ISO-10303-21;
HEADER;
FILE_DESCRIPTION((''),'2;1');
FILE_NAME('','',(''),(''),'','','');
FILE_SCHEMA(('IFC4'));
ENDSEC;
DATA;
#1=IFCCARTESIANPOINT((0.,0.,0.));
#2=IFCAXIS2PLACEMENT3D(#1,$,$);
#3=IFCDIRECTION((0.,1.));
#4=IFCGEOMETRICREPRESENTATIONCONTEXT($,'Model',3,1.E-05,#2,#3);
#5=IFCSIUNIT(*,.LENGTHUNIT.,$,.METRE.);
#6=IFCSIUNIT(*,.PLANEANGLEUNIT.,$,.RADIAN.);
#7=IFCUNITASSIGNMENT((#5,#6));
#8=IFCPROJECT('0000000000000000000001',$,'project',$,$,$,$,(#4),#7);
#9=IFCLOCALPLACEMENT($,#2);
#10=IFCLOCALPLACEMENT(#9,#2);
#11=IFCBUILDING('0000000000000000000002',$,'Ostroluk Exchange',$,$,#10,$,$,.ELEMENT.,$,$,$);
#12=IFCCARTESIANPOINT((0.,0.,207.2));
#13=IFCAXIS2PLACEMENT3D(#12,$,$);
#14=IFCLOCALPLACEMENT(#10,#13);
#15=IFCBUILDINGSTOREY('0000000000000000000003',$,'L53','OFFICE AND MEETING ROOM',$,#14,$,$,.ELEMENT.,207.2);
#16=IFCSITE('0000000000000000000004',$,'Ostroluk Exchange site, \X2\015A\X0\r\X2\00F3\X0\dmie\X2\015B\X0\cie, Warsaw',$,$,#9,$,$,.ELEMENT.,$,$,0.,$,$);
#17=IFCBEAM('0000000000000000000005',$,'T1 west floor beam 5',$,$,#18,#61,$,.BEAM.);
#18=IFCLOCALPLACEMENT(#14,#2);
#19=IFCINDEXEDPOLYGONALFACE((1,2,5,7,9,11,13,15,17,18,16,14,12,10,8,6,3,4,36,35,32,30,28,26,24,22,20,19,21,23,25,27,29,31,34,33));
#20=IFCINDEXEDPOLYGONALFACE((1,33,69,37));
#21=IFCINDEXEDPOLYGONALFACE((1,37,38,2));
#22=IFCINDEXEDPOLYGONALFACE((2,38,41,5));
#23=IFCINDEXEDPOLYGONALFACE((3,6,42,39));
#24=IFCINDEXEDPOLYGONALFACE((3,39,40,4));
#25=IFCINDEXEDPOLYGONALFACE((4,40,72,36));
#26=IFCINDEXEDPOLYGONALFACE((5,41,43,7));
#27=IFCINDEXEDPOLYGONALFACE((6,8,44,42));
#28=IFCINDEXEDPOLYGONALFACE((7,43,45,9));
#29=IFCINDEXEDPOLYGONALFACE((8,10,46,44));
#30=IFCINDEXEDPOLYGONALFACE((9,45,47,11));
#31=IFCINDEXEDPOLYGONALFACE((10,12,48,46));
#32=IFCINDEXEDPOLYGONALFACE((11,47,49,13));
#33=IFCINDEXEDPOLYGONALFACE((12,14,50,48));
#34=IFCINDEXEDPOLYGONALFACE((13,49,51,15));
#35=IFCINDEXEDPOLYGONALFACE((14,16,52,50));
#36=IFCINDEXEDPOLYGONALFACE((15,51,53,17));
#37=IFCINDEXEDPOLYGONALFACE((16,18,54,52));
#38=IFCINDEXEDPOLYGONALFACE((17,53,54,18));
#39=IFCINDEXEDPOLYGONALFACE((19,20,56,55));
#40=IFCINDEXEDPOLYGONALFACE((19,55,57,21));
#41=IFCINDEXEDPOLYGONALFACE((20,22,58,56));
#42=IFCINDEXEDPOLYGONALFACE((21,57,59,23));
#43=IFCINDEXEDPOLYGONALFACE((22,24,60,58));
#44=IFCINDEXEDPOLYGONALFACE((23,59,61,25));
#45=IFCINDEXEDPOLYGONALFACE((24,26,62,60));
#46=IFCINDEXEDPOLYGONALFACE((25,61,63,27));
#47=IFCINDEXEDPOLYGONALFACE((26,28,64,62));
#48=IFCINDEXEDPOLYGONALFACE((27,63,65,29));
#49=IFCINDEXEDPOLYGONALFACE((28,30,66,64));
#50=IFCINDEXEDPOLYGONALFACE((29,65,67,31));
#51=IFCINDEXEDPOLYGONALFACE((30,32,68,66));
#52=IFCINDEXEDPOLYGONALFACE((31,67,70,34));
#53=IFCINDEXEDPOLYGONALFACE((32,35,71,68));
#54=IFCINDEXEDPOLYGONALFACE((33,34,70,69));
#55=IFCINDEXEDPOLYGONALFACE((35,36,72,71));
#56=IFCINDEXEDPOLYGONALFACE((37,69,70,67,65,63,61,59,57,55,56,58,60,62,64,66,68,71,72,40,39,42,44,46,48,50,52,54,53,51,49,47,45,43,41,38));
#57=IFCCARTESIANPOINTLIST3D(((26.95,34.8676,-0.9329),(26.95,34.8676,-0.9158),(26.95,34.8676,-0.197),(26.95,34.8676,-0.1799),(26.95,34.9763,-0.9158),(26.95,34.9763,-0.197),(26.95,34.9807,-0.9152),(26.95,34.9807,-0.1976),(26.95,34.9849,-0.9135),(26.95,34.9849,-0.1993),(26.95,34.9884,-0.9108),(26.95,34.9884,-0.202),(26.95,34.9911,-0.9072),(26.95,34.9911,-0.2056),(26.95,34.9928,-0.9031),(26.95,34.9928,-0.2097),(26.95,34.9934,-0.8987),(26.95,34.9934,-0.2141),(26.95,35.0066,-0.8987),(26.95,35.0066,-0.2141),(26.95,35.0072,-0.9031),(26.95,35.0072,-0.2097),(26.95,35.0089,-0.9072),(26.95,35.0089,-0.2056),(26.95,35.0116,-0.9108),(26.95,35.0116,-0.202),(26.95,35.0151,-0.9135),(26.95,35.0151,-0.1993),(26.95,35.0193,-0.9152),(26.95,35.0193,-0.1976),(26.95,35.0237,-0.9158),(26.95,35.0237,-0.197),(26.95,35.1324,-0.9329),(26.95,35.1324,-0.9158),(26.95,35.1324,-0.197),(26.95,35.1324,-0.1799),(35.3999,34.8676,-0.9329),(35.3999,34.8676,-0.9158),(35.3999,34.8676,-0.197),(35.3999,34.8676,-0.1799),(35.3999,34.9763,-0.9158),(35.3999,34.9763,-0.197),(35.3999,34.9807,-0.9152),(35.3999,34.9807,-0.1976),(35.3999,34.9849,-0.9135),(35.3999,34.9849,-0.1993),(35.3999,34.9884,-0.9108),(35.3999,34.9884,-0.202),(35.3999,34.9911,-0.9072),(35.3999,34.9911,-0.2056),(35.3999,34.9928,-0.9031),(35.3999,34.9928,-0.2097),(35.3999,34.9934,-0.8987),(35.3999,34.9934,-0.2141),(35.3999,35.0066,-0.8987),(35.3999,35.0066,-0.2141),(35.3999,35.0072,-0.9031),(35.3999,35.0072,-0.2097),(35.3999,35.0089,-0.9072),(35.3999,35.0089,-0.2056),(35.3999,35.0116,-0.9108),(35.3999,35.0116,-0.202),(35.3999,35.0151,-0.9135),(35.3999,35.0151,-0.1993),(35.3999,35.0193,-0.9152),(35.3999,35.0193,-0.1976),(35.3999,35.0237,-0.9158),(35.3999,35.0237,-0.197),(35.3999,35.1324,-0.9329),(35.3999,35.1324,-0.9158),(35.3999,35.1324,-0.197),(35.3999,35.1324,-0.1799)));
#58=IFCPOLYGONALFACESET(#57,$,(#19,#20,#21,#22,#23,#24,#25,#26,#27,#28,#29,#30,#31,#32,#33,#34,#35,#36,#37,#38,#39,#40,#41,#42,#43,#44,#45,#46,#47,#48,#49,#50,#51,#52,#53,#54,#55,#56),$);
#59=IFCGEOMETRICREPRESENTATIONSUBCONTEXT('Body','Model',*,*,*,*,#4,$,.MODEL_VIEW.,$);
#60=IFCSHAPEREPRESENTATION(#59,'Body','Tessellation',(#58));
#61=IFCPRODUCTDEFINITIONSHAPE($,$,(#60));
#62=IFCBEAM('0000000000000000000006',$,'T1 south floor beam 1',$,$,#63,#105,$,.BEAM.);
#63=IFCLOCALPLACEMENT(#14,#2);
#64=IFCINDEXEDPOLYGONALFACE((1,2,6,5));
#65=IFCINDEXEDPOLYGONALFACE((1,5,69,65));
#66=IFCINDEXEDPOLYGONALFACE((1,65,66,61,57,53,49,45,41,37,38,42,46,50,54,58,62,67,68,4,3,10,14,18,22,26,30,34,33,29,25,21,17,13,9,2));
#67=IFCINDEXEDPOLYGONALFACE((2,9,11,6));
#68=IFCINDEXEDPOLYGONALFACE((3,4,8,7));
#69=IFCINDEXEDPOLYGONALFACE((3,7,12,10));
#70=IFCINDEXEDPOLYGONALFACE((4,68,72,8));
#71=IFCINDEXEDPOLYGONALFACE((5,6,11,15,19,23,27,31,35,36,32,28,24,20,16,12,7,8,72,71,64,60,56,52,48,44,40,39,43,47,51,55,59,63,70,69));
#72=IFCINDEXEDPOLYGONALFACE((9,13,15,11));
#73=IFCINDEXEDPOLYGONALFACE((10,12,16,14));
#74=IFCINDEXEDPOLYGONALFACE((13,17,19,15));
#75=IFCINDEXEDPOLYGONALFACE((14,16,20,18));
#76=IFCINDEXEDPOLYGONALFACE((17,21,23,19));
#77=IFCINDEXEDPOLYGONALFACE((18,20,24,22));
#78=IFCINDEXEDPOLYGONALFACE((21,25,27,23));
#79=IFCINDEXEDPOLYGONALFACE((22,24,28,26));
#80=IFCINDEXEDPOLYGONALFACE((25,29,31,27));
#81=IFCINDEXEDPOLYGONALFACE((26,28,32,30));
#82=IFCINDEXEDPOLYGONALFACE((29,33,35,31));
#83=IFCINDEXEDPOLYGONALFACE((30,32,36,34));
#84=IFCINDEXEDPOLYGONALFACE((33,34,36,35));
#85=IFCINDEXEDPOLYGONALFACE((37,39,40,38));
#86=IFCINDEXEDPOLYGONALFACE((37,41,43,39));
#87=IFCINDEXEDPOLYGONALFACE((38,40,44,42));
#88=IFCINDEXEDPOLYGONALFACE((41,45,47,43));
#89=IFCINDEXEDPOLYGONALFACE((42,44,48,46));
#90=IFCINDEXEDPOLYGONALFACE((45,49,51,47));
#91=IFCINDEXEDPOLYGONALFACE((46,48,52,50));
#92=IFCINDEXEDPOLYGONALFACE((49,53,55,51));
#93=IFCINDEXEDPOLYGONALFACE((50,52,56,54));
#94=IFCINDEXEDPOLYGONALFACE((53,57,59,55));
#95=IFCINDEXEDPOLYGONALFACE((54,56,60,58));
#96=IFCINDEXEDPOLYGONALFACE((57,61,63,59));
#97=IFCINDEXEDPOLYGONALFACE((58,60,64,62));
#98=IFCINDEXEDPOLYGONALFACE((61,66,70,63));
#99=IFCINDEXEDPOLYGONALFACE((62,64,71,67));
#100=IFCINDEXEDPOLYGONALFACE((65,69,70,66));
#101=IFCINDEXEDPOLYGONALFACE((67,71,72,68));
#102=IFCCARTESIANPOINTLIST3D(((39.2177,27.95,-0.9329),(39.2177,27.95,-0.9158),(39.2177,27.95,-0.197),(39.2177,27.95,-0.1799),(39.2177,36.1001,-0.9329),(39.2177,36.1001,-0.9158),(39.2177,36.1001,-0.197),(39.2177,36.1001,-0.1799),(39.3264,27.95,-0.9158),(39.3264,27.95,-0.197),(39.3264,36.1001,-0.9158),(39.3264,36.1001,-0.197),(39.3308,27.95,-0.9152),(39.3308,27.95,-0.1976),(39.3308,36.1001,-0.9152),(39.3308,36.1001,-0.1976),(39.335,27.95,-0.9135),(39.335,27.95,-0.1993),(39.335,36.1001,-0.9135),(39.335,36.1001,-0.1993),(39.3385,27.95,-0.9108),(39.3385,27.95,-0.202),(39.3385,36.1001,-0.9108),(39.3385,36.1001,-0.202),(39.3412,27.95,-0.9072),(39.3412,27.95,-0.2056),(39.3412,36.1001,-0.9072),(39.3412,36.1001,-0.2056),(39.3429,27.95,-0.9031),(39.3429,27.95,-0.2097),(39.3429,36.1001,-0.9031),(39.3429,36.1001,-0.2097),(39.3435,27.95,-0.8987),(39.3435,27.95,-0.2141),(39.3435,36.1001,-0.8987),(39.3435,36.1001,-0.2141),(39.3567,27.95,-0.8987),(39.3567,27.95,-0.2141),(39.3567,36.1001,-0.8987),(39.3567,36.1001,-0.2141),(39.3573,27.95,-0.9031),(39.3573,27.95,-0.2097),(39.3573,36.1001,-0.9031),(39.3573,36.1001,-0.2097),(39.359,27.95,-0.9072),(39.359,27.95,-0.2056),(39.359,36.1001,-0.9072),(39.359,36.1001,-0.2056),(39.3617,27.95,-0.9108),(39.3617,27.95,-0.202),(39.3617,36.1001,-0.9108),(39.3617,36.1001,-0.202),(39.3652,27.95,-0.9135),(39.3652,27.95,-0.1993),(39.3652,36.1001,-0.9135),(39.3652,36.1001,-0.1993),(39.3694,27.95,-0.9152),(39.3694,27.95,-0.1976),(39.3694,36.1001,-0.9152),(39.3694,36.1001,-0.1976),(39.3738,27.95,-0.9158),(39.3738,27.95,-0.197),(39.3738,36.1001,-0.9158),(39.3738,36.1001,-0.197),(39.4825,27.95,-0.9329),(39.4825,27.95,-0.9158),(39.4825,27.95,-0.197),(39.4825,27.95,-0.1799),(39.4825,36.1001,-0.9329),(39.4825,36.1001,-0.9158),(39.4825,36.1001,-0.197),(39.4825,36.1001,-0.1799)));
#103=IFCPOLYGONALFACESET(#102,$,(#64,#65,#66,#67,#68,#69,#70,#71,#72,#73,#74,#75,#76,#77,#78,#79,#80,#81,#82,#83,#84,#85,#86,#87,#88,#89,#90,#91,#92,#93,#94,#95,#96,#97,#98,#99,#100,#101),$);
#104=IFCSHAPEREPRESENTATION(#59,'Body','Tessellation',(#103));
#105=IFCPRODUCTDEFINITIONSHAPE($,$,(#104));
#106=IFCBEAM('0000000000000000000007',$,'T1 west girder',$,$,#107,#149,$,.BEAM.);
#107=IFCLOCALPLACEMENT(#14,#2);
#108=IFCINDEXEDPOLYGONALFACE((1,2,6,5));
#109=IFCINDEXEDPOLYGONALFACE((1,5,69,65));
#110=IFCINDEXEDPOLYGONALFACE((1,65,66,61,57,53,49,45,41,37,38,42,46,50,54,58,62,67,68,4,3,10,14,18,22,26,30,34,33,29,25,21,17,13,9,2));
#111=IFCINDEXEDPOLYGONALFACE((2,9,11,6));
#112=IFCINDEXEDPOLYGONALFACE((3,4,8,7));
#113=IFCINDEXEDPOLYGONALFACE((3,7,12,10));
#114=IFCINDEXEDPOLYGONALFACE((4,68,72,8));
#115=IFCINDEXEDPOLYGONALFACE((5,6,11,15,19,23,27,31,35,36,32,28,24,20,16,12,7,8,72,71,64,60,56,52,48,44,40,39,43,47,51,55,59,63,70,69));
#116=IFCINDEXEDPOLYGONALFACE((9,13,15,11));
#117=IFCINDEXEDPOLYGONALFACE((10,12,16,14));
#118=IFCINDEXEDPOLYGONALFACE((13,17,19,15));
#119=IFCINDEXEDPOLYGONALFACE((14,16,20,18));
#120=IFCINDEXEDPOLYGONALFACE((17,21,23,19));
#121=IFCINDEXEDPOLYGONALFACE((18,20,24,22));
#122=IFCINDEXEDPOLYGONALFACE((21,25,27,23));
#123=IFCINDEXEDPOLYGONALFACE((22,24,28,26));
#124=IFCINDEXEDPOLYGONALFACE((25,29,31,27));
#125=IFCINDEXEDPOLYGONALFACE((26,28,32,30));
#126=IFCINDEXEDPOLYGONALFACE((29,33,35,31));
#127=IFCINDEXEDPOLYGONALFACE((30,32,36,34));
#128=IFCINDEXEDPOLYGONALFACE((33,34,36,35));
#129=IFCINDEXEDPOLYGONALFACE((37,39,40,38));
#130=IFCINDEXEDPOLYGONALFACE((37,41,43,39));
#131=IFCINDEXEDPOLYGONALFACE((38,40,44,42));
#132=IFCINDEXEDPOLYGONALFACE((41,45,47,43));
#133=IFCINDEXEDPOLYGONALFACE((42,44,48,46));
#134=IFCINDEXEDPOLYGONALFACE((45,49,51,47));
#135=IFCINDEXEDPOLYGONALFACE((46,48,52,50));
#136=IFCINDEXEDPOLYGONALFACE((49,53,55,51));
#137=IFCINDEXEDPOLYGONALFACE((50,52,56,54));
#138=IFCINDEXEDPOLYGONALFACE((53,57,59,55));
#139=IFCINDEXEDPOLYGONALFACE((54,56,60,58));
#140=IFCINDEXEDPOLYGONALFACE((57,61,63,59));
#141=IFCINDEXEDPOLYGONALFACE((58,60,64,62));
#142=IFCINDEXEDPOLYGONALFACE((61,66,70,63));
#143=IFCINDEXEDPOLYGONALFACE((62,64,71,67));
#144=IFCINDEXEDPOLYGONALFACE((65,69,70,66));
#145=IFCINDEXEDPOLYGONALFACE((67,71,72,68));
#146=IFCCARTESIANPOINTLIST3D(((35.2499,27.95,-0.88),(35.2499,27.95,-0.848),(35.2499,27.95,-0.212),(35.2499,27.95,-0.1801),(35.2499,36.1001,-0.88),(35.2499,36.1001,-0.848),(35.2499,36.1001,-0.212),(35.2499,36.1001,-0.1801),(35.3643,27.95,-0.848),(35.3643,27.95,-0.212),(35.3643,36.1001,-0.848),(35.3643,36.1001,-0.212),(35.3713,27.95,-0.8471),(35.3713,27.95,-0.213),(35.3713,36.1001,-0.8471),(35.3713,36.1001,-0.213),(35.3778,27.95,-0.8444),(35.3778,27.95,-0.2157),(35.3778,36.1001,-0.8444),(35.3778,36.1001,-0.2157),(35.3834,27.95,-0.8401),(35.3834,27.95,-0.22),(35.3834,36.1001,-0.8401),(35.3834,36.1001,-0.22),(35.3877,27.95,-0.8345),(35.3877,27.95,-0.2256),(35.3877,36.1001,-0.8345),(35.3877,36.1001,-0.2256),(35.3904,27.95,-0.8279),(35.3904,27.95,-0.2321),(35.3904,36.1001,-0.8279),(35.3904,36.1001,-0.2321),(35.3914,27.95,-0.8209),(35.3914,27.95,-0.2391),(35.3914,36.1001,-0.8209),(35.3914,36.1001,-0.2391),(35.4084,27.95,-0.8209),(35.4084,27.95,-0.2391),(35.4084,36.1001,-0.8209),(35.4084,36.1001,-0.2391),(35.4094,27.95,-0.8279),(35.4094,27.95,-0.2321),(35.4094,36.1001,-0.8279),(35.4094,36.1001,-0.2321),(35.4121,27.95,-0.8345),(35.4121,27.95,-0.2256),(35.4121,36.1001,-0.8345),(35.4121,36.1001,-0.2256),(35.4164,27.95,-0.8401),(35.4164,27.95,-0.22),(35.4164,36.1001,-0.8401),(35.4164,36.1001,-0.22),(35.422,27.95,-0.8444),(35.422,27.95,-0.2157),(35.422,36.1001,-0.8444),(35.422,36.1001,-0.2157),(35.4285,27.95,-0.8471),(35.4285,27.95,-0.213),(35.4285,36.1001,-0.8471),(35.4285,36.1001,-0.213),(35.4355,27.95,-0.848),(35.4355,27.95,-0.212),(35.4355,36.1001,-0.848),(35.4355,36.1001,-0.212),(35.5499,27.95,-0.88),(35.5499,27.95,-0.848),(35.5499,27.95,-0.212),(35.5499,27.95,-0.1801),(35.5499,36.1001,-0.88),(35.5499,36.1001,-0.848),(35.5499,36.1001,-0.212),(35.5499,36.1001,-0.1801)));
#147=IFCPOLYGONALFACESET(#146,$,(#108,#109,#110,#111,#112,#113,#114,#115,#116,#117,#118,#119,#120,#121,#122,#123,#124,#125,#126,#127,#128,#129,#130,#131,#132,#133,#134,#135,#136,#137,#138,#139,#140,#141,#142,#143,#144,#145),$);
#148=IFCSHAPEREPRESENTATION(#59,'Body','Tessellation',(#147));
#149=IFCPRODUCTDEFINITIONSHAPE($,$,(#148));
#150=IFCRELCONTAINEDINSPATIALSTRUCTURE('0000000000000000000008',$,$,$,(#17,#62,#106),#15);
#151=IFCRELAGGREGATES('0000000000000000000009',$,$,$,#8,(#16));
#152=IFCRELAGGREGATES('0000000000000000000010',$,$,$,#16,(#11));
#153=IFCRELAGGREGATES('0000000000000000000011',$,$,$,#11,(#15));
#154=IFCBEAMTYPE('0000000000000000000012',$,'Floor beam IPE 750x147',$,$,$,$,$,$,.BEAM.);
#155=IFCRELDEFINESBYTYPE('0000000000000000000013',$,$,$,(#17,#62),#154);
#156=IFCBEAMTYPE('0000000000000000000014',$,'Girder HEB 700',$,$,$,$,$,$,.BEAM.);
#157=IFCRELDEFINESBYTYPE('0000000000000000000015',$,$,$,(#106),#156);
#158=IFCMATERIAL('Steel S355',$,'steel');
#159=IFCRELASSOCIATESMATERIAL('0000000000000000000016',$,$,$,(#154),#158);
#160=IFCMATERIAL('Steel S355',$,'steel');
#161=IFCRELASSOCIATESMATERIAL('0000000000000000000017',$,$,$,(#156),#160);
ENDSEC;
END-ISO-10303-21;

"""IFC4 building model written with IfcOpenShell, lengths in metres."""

from ifc_helpers import new_model, si_unit, direction, frame, origin, origin_2d, place, context, subcontext, project, spatial, i_section, extrude, material, material_profile, profile_set, type_object, element, save


model = new_model("IFC4")

# Units and contexts
model_context = context("Model", 3, precision=1e-05, world=origin(), true_north=direction((0.0, 1.0)))
body_context = subcontext(model_context, "Body", "Model", "MODEL_VIEW")
ifc_project = project(units=[si_unit("LENGTHUNIT", "METRE"), si_unit("PLANEANGLEUNIT", "RADIAN")], contexts=[model_context])

# Site, building, storey
site_placement = place(None, origin())
site = spatial("IfcSite", under=ifc_project, at=site_placement, Name="Ostroluk Exchange site, Śródmieście, Warsaw", CompositionType="ELEMENT", RefElevation=0.0)
building_placement = place(site_placement, origin())
building = spatial("IfcBuilding", under=site, at=building_placement, Name="Ostroluk Exchange", CompositionType="ELEMENT")
storey_placement = place(building_placement, frame((0.0, 0.0, 207.2)))
storey = spatial("IfcBuildingStorey", under=building, at=storey_placement, Name="L53", Description="OFFICE AND MEETING ROOM", CompositionType="ELEMENT", Elevation=207.2)

# Beams
ifc_material_1 = material(Name="Steel S355", Category="steel")
ifc_material_profile_1 = material_profile(ifc_material_1, i_section(OverallWidth=0.2649, OverallDepth=0.7529, WebThickness=0.0132, FlangeThickness=0.0171, FilletRadius=0.0171, at=origin_2d()), Name="IPE 750x147")
ifc_profile_set_1 = profile_set([ifc_material_profile_1], Name="Steel S355")
beam_type_1 = type_object("IfcBeamType", Name="Floor beam IPE 750x147", PredefinedType="BEAM", material=ifc_profile_set_1)
beam_1_placement = place(storey_placement, frame((35.3999, 35.0, -0.5564), z_axis=(-1.0, 0.0, 0.0), x_axis=(0.0, -1.0, 0.0)))
element("IfcBeam", 1, at=beam_1_placement, inside=storey, type_object=beam_type_1, Name="T1 west floor beam 5", PredefinedType="BEAM", context=body_context, shape_type="SweptSolid", body=[
    extrude(i_section(OverallWidth=0.2649, OverallDepth=0.7529, WebThickness=0.0132, FlangeThickness=0.0171, FilletRadius=0.0171, at=origin_2d()), origin(), (0.0, 0.0, 1.0), 8.45),
])
beam_2_placement = place(storey_placement, frame((39.3501, 36.1001, -0.5564), z_axis=(0.0, -1.0, 0.0), x_axis=(1.0, 0.0, 0.0)))
element("IfcBeam", 2, at=beam_2_placement, inside=storey, type_object=beam_type_1, Name="T1 south floor beam 1", PredefinedType="BEAM", context=body_context, shape_type="SweptSolid", body=[
    extrude(i_section(OverallWidth=0.2649, OverallDepth=0.7529, WebThickness=0.0132, FlangeThickness=0.0171, FilletRadius=0.0171, at=origin_2d()), origin(), (0.0, 0.0, 1.0), 8.1501),
])
ifc_material_2 = material(Name="Steel S355", Category="steel")
ifc_material_profile_2 = material_profile(ifc_material_2, i_section(OverallWidth=0.3, OverallDepth=0.7, WebThickness=0.0171, FlangeThickness=0.032, FilletRadius=0.0271, at=origin_2d()), Name="HEB 700")
ifc_profile_set_2 = profile_set([ifc_material_profile_2], Name="Steel S355")
beam_type_2 = type_object("IfcBeamType", Name="Girder HEB 700", PredefinedType="BEAM", material=ifc_profile_set_2)
beam_3_placement = place(storey_placement, frame((35.3999, 36.1001, -0.53), z_axis=(0.0, -1.0, 0.0), x_axis=(1.0, 0.0, 0.0)))
element("IfcBeam", 3, at=beam_3_placement, inside=storey, type_object=beam_type_2, Name="T1 west girder", PredefinedType="BEAM", context=body_context, shape_type="SweptSolid", body=[
    extrude(i_section(OverallWidth=0.3, OverallDepth=0.7, WebThickness=0.0171, FlangeThickness=0.032, FilletRadius=0.0271, at=origin_2d()), origin(), (0.0, 0.0, 1.0), 8.1501),
])

save(model, "model.ifc")
